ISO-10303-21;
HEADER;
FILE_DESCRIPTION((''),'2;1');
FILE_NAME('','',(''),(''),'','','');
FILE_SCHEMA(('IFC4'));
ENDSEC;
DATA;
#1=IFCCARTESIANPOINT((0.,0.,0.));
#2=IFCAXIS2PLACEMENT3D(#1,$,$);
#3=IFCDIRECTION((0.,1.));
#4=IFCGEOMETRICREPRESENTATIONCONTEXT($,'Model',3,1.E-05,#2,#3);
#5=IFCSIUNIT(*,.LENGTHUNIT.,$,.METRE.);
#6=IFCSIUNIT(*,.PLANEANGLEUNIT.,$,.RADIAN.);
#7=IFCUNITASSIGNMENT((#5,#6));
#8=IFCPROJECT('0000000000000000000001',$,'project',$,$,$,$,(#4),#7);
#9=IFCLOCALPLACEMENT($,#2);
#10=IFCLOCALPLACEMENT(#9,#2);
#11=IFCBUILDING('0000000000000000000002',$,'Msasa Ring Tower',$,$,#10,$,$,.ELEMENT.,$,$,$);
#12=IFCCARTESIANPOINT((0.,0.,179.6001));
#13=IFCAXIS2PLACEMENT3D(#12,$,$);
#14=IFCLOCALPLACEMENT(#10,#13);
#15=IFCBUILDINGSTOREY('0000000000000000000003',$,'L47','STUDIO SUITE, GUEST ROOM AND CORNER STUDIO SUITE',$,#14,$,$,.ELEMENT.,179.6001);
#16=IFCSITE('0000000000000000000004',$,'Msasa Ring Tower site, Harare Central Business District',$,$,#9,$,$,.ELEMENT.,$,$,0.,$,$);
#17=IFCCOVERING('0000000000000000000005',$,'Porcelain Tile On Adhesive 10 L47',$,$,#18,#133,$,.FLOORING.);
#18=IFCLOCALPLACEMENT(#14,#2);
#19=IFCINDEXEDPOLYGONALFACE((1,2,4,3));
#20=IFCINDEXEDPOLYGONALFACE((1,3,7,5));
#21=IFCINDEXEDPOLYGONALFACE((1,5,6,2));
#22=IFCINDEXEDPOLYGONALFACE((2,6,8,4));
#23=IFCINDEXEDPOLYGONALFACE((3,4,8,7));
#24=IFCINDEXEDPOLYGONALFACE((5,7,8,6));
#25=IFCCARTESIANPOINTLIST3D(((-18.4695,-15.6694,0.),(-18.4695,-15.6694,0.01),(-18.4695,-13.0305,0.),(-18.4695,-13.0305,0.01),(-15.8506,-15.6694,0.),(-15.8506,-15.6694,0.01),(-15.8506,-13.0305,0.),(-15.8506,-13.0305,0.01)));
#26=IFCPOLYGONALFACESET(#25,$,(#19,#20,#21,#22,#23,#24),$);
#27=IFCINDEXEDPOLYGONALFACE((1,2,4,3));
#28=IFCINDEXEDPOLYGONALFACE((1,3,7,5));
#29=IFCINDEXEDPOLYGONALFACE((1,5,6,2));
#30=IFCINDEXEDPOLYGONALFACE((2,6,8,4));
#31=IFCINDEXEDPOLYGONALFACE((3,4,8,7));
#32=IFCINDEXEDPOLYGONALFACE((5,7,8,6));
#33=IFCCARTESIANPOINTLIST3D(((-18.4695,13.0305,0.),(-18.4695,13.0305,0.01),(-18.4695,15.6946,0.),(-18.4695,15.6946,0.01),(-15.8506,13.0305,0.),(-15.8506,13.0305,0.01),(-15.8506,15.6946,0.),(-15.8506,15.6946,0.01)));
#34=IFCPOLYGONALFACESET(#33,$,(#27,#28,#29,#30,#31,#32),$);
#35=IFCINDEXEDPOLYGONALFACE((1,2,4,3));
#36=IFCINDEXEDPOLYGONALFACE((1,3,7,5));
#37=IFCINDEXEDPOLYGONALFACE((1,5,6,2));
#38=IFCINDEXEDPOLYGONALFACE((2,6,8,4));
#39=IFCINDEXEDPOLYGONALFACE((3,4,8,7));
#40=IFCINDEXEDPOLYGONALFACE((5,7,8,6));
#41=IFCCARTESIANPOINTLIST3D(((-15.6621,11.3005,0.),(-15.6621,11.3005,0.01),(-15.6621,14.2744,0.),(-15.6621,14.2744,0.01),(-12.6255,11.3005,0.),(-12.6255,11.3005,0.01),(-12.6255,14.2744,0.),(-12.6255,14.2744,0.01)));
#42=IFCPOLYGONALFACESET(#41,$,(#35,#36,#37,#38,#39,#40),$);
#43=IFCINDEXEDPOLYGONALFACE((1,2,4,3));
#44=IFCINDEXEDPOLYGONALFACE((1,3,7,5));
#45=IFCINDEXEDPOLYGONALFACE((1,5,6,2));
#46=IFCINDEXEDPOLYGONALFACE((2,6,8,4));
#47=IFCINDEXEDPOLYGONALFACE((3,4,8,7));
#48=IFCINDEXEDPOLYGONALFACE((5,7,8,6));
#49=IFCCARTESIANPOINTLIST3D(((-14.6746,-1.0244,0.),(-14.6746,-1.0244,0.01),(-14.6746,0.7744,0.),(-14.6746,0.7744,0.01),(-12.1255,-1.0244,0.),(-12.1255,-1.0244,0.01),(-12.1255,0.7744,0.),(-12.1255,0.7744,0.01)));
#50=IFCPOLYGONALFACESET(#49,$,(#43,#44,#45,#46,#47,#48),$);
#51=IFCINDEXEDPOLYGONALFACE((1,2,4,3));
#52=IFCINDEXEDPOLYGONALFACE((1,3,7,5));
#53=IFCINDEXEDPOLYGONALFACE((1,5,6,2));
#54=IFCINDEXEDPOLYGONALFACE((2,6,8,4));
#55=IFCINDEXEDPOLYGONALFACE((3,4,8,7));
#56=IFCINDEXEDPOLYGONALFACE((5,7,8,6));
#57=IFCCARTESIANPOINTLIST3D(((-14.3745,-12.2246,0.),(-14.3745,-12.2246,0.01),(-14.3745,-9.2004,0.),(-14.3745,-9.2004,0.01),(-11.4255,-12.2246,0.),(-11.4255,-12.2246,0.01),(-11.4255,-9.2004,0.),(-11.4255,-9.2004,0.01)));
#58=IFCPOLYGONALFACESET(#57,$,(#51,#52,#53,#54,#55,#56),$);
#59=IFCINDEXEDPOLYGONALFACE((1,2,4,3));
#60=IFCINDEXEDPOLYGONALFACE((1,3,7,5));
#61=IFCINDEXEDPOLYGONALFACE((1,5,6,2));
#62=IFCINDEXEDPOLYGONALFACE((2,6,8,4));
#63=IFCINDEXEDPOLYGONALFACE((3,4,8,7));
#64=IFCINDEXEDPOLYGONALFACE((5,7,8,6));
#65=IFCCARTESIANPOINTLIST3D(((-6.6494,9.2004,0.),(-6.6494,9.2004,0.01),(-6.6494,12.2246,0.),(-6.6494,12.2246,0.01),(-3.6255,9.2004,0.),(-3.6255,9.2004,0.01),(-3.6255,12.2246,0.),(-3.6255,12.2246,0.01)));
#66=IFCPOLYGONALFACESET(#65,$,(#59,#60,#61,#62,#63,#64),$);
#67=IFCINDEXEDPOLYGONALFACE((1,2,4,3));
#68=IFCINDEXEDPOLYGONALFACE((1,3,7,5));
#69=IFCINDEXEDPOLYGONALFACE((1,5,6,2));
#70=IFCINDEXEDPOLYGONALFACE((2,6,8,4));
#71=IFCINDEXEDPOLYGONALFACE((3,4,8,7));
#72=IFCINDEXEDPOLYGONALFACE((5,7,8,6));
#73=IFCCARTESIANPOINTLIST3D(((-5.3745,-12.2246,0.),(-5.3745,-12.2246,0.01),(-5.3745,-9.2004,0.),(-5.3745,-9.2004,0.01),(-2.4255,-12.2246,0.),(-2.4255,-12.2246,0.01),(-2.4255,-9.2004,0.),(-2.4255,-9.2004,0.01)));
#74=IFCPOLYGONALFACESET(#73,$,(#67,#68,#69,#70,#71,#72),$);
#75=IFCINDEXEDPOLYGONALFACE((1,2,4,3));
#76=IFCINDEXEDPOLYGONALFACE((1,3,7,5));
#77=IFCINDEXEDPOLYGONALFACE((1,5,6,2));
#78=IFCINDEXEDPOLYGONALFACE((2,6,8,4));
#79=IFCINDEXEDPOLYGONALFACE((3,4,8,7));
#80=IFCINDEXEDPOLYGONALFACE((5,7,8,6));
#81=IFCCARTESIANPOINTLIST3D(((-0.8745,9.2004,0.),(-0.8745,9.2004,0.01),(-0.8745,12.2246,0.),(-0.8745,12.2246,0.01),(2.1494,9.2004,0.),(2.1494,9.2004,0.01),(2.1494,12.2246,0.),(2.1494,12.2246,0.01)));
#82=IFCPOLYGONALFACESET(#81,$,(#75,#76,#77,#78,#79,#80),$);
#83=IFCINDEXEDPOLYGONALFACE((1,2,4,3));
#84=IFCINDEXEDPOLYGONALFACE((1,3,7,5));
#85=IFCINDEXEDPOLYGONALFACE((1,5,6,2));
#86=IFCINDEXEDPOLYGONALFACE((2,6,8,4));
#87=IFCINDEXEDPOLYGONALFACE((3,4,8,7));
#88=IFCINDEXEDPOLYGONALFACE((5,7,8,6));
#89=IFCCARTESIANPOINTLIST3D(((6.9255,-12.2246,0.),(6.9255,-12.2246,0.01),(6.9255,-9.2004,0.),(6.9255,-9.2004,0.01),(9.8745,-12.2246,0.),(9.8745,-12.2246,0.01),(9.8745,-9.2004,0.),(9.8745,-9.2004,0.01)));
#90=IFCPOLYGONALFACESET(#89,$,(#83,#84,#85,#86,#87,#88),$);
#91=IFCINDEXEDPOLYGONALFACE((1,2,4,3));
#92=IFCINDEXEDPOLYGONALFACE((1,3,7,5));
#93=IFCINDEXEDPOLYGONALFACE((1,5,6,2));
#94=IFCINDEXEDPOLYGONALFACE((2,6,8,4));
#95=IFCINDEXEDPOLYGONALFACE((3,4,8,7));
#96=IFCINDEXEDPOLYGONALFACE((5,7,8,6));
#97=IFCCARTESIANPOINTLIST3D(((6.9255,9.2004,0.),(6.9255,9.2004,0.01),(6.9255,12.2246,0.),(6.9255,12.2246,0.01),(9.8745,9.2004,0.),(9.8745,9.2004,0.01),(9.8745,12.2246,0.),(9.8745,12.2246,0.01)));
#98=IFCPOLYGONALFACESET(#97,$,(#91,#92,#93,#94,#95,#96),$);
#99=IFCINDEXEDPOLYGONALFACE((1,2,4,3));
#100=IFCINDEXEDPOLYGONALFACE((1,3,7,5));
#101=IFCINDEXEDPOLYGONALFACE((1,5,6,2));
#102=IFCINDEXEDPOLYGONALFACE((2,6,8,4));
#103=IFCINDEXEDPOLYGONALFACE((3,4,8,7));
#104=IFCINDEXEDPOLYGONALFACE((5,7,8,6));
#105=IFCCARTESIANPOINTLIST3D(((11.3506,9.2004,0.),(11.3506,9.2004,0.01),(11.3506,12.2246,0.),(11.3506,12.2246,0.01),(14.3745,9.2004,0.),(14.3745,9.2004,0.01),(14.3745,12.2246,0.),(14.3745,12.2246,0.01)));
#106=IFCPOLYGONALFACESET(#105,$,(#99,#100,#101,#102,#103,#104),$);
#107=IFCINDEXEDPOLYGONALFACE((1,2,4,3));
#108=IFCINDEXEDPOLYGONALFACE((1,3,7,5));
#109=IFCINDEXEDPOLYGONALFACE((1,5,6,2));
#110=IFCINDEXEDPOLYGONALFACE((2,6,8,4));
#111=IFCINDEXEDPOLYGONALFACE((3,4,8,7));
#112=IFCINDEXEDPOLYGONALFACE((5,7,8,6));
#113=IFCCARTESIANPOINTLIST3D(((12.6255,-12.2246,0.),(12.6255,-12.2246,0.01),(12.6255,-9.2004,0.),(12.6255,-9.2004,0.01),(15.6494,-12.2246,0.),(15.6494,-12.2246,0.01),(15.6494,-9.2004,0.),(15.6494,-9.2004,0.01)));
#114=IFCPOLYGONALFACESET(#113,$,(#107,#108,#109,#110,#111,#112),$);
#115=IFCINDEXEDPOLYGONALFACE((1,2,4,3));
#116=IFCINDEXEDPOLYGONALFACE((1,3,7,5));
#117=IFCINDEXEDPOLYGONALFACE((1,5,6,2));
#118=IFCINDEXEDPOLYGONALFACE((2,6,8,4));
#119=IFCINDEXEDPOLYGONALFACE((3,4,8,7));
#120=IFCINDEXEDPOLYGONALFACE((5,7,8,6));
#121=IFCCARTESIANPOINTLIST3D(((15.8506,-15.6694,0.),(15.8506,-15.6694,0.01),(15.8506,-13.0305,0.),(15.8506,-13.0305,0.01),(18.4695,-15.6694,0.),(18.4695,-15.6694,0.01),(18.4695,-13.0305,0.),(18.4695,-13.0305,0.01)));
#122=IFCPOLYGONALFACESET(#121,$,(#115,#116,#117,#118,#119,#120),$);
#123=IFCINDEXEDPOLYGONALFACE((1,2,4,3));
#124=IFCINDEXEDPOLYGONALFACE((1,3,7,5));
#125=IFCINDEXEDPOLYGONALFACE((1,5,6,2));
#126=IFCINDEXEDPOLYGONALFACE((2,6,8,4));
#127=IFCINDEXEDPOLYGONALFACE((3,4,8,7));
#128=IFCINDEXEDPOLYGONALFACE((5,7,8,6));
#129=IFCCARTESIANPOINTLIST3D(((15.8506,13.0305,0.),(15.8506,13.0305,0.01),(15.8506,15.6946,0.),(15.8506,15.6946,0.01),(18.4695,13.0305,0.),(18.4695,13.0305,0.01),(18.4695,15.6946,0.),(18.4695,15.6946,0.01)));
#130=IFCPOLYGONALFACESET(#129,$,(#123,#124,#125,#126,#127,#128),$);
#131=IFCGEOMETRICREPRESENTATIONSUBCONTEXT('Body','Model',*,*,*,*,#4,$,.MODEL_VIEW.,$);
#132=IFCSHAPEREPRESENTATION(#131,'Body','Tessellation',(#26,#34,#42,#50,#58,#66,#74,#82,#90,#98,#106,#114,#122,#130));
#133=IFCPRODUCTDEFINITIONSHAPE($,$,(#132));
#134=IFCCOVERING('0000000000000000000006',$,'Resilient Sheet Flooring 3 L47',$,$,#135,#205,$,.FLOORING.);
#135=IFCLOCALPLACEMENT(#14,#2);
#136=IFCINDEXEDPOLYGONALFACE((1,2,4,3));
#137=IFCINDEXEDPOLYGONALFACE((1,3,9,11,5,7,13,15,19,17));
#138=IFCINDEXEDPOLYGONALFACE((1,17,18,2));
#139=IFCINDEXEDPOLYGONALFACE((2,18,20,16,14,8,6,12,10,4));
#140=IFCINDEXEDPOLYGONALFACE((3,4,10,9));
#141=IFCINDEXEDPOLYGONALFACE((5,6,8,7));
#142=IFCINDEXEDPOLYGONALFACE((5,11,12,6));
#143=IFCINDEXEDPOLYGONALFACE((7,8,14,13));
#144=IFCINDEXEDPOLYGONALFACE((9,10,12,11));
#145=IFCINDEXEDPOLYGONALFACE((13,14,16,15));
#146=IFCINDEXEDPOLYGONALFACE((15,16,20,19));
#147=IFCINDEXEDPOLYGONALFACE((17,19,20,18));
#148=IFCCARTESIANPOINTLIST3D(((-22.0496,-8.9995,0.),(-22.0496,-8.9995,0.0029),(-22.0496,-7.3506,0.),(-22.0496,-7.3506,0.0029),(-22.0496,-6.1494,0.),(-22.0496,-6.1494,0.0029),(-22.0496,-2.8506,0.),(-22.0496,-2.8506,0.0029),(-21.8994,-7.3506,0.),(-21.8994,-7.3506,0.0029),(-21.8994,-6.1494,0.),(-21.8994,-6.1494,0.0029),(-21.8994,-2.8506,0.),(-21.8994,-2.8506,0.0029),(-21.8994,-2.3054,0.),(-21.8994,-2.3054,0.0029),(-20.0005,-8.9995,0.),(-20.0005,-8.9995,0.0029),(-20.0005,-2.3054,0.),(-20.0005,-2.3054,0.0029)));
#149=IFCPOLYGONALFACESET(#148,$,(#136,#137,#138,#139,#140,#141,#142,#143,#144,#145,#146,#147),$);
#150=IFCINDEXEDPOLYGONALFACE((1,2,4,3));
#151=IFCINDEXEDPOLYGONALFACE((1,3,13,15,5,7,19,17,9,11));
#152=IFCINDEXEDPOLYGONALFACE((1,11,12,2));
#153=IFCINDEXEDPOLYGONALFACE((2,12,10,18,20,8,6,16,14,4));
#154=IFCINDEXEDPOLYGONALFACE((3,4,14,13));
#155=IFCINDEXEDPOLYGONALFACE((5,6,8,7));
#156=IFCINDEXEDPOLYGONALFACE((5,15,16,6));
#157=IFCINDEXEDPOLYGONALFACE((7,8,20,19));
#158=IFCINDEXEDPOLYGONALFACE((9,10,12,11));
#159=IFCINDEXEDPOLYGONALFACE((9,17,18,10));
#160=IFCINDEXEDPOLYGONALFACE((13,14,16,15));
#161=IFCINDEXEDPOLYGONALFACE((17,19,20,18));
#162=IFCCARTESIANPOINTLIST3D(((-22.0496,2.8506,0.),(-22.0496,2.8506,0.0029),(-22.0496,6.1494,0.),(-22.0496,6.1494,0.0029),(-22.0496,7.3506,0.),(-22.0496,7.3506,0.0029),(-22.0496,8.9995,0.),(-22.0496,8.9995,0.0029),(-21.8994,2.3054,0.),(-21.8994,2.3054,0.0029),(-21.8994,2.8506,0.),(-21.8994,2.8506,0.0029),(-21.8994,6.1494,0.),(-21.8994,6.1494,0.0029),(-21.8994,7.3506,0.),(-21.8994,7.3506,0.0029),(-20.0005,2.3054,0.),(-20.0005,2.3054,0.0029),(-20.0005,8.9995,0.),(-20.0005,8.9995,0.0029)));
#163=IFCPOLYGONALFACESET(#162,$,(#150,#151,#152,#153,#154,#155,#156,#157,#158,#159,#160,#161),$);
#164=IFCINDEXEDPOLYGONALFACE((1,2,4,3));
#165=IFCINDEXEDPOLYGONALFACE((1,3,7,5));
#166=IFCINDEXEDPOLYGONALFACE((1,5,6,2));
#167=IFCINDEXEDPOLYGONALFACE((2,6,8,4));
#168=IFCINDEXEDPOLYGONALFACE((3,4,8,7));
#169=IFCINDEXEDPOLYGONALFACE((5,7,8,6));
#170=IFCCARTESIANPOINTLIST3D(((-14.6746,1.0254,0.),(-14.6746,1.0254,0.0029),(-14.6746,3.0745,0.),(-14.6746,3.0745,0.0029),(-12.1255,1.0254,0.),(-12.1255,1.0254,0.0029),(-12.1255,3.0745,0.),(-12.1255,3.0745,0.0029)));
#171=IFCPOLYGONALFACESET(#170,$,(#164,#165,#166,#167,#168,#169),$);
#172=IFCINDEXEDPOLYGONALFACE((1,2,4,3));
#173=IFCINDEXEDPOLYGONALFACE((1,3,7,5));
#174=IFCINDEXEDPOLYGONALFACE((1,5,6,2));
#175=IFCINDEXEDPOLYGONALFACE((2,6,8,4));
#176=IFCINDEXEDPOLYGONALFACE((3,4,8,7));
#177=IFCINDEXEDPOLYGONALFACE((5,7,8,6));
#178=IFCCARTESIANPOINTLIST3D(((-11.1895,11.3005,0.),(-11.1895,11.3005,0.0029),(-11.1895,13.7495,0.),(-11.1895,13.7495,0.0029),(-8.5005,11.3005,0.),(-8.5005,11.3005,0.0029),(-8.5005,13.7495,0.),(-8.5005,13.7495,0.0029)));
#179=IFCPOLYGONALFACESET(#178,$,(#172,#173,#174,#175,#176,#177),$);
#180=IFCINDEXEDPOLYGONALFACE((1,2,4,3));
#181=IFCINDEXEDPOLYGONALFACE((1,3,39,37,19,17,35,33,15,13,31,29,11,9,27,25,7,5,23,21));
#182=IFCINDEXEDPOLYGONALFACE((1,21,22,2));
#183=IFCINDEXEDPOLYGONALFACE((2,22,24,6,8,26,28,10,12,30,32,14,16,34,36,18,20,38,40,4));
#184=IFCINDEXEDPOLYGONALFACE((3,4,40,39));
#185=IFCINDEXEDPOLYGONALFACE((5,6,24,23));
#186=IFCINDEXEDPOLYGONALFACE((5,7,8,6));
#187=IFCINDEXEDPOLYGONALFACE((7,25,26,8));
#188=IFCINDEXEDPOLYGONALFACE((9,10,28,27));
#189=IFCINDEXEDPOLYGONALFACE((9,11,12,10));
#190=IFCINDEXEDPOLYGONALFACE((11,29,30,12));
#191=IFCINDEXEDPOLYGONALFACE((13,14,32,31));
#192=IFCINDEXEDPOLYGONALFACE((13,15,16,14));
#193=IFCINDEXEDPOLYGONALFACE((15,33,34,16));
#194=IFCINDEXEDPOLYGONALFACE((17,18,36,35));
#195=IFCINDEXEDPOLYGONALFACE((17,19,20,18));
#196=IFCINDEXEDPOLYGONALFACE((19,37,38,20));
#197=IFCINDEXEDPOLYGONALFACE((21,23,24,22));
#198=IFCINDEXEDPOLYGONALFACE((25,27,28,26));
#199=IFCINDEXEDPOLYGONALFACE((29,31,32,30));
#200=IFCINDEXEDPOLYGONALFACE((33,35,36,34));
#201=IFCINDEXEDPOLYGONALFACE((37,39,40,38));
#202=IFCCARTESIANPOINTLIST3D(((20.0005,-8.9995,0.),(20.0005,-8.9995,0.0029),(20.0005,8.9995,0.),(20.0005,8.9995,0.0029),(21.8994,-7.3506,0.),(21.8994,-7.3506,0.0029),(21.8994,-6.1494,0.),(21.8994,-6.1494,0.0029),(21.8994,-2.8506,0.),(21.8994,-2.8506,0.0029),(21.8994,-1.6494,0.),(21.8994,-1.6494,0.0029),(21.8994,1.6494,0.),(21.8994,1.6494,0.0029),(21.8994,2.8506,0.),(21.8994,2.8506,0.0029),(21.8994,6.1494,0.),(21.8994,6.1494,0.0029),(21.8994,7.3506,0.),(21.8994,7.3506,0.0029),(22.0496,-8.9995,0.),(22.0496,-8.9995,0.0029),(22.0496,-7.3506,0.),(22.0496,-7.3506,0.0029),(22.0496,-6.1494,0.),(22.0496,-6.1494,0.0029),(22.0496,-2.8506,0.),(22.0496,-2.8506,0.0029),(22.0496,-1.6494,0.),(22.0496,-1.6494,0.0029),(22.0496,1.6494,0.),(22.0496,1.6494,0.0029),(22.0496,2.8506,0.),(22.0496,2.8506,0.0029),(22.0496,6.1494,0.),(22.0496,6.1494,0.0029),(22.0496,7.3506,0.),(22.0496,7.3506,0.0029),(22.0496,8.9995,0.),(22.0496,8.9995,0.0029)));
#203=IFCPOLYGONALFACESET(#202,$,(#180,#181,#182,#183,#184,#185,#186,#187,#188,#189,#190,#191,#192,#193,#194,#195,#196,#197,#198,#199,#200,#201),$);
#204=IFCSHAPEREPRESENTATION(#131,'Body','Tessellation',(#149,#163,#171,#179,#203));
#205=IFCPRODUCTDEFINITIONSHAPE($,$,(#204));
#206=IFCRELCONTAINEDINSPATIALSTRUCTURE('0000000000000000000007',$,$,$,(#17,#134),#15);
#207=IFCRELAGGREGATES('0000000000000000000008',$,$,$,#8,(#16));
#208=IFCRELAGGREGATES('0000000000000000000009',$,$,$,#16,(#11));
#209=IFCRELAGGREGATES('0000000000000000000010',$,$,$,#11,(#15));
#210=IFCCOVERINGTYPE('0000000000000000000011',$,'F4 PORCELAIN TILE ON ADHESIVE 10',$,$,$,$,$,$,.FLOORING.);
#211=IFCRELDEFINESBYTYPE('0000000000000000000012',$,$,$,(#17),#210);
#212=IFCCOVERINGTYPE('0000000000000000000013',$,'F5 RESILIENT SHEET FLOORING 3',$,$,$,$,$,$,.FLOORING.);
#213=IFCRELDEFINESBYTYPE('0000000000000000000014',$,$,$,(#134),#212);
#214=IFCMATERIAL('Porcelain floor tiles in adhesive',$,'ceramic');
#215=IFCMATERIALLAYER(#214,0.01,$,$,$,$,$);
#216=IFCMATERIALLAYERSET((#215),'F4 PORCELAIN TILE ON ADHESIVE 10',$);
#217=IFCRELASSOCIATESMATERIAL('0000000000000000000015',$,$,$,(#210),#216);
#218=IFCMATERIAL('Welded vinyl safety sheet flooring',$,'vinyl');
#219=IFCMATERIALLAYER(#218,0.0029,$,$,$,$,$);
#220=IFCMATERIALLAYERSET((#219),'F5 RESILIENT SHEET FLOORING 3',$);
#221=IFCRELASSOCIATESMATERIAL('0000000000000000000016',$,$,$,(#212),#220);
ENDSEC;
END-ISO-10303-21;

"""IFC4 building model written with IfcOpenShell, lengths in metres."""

from ifc_helpers import new_model, si_unit, direction, frame, origin, place, context, subcontext, project, spatial, line, indexed_curve, outline, extrude, material, layer, layer_set, type_object, element, save


model = new_model("IFC4")

# Units and contexts
model_context = context("Model", 3, precision=1e-05, world=origin(), true_north=direction((0.0, 1.0)))
body_context = subcontext(model_context, "Body", "Model", "MODEL_VIEW")
ifc_project = project(units=[si_unit("LENGTHUNIT", "METRE"), si_unit("PLANEANGLEUNIT", "RADIAN")], contexts=[model_context])

# Site, building, storey
site_placement = place(None, origin())
site = spatial("IfcSite", under=ifc_project, at=site_placement, Name="Msasa Ring Tower site, Harare Central Business District", CompositionType="ELEMENT", RefElevation=0.0)
building_placement = place(site_placement, origin())
building = spatial("IfcBuilding", under=site, at=building_placement, Name="Msasa Ring Tower", CompositionType="ELEMENT")
storey_placement = place(building_placement, frame((0.0, 0.0, 179.6001)))
storey = spatial("IfcBuildingStorey", under=building, at=storey_placement, Name="L47", Description="STUDIO SUITE, GUEST ROOM AND CORNER STUDIO SUITE", CompositionType="ELEMENT", Elevation=179.6001)

# Coverings
ifc_material_1 = material(Name="Porcelain floor tiles in adhesive", Category="ceramic")
ifc_layer_1 = layer(ifc_material_1, 0.01)
ifc_layer_set_1 = layer_set([ifc_layer_1], Name="F4 PORCELAIN TILE ON ADHESIVE 10")
covering_type_1 = type_object("IfcCoveringType", Name="F4 PORCELAIN TILE ON ADHESIVE 10", PredefinedType="FLOORING", material=ifc_layer_set_1)
covering_1_placement = place(storey_placement, origin())
element("IfcCovering", 1, at=covering_1_placement, inside=storey, type_object=covering_type_1, Name="Porcelain Tile On Adhesive 10 L47", PredefinedType="FLOORING", context=body_context, shape_type="SweptSolid", body=[
    extrude(outline(indexed_curve([(-18.4695, -13.0305), (-15.8506, -13.0305), (-15.8506, -15.6694), (-18.4695, -15.6694)], segments=[line(1, 2, 3, 4, 1)], self_intersect=False)), origin(), (0.0, 0.0, 1.0), 0.01),
    extrude(outline(indexed_curve([(-15.8506, 15.6946), (-15.8506, 13.0305), (-18.4695, 13.0305), (-18.4695, 15.6946)], segments=[line(1, 2, 3, 4, 1)], self_intersect=False)), origin(), (0.0, 0.0, 1.0), 0.01),
    extrude(outline(indexed_curve([(-15.6621, 11.3005), (-15.6621, 14.2744), (-12.6255, 14.2744), (-12.6255, 11.3005)], segments=[line(1, 2, 3, 4, 1)], self_intersect=False)), origin(), (0.0, 0.0, 1.0), 0.01),
    extrude(outline(indexed_curve([(-12.1255, -1.0244), (-14.6746, -1.0244), (-14.6746, 0.7744), (-12.1255, 0.7744)], segments=[line(1, 2, 3, 4, 1)], self_intersect=False)), origin(), (0.0, 0.0, 1.0), 0.01),
    extrude(outline(indexed_curve([(-11.4255, -9.2004), (-11.4255, -12.2246), (-14.3745, -12.2246), (-14.3745, -9.2004)], segments=[line(1, 2, 3, 4, 1)], self_intersect=False)), origin(), (0.0, 0.0, 1.0), 0.01),
    extrude(outline(indexed_curve([(-6.6494, 9.2004), (-6.6494, 12.2246), (-3.6255, 12.2246), (-3.6255, 9.2004)], segments=[line(1, 2, 3, 4, 1)], self_intersect=False)), origin(), (0.0, 0.0, 1.0), 0.01),
    extrude(outline(indexed_curve([(-2.4255, -9.2004), (-2.4255, -12.2246), (-5.3745, -12.2246), (-5.3745, -9.2004)], segments=[line(1, 2, 3, 4, 1)], self_intersect=False)), origin(), (0.0, 0.0, 1.0), 0.01),
    extrude(outline(indexed_curve([(2.1494, 9.2004), (-0.8745, 9.2004), (-0.8745, 12.2246), (2.1494, 12.2246)], segments=[line(1, 2, 3, 4, 1)], self_intersect=False)), origin(), (0.0, 0.0, 1.0), 0.01),
    extrude(outline(indexed_curve([(9.8745, -9.2004), (9.8745, -12.2246), (6.9255, -12.2246), (6.9255, -9.2004)], segments=[line(1, 2, 3, 4, 1)], self_intersect=False)), origin(), (0.0, 0.0, 1.0), 0.01),
    extrude(outline(indexed_curve([(6.9255, 9.2004), (6.9255, 12.2246), (9.8745, 12.2246), (9.8745, 9.2004)], segments=[line(1, 2, 3, 4, 1)], self_intersect=False)), origin(), (0.0, 0.0, 1.0), 0.01),
    extrude(outline(indexed_curve([(11.3506, 9.2004), (11.3506, 12.2246), (14.3745, 12.2246), (14.3745, 9.2004)], segments=[line(1, 2, 3, 4, 1)], self_intersect=False)), origin(), (0.0, 0.0, 1.0), 0.01),
    extrude(outline(indexed_curve([(15.6494, -9.2004), (15.6494, -12.2246), (12.6255, -12.2246), (12.6255, -9.2004)], segments=[line(1, 2, 3, 4, 1)], self_intersect=False)), origin(), (0.0, 0.0, 1.0), 0.01),
    extrude(outline(indexed_curve([(15.8506, -13.0305), (18.4695, -13.0305), (18.4695, -15.6694), (15.8506, -15.6694)], segments=[line(1, 2, 3, 4, 1)], self_intersect=False)), origin(), (0.0, 0.0, 1.0), 0.01),
    extrude(outline(indexed_curve([(18.4695, 15.6946), (18.4695, 13.0305), (15.8506, 13.0305), (15.8506, 15.6946)], segments=[line(1, 2, 3, 4, 1)], self_intersect=False)), origin(), (0.0, 0.0, 1.0), 0.01),
])
ifc_material_2 = material(Name="Welded vinyl safety sheet flooring", Category="vinyl")
ifc_layer_2 = layer(ifc_material_2, 0.0029)
ifc_layer_set_2 = layer_set([ifc_layer_2], Name="F5 RESILIENT SHEET FLOORING 3")
covering_type_2 = type_object("IfcCoveringType", Name="F5 RESILIENT SHEET FLOORING 3", PredefinedType="FLOORING", material=ifc_layer_set_2)
covering_2_placement = place(storey_placement, origin())
element("IfcCovering", 2, at=covering_2_placement, inside=storey, type_object=covering_type_2, Name="Resilient Sheet Flooring 3 L47", PredefinedType="FLOORING", context=body_context, shape_type="SweptSolid", body=[
    extrude(outline(indexed_curve([(-20.0005, -2.3054), (-20.0005, -8.9995), (-22.0496, -8.9995), (-22.0496, -7.3506), (-21.8994, -7.3506), (-21.8994, -6.1494), (-22.0496, -6.1494), (-22.0496, -2.8506), (-21.8994, -2.8506), (-21.8994, -2.3054)], segments=[line(1, 2, 3, 4, 5, 6, 7, 8, 9, 10, 1)], self_intersect=False)), origin(), (0.0, 0.0, 1.0), 0.0029),
    extrude(outline(indexed_curve([(-20.0005, 2.3054), (-21.8994, 2.3054), (-21.8994, 2.8506), (-22.0496, 2.8506), (-22.0496, 6.1494), (-21.8994, 6.1494), (-21.8994, 7.3506), (-22.0496, 7.3506), (-22.0496, 8.9995), (-20.0005, 8.9995)], segments=[line(1, 2, 3, 4, 5, 6, 7, 8, 9, 10, 1)], self_intersect=False)), origin(), (0.0, 0.0, 1.0), 0.0029),
    extrude(outline(indexed_curve([(-14.6746, 3.0745), (-12.1255, 3.0745), (-12.1255, 1.0254), (-14.6746, 1.0254)], segments=[line(1, 2, 3, 4, 1)], self_intersect=False)), origin(), (0.0, 0.0, 1.0), 0.0029),
    extrude(outline(indexed_curve([(-11.1895, 13.7495), (-8.5005, 13.7495), (-8.5005, 11.3005), (-11.1895, 11.3005)], segments=[line(1, 2, 3, 4, 1)], self_intersect=False)), origin(), (0.0, 0.0, 1.0), 0.0029),
    extrude(outline(indexed_curve([(22.0496, 7.3506), (21.8994, 7.3506), (21.8994, 6.1494), (22.0496, 6.1494), (22.0496, 2.8506), (21.8994, 2.8506), (21.8994, 1.6494), (22.0496, 1.6494), (22.0496, -1.6494), (21.8994, -1.6494), (21.8994, -2.8506), (22.0496, -2.8506), (22.0496, -6.1494), (21.8994, -6.1494), (21.8994, -7.3506), (22.0496, -7.3506), (22.0496, -8.9995), (20.0005, -8.9995), (20.0005, 8.9995), (22.0496, 8.9995)], segments=[line(1, 2, 3, 4, 5, 6, 7, 8, 9, 10, 11, 12, 13, 14, 15, 16, 17, 18, 19, 20, 1)], self_intersect=False)), origin(), (0.0, 0.0, 1.0), 0.0029),
])

save(model, "model.ifc")
